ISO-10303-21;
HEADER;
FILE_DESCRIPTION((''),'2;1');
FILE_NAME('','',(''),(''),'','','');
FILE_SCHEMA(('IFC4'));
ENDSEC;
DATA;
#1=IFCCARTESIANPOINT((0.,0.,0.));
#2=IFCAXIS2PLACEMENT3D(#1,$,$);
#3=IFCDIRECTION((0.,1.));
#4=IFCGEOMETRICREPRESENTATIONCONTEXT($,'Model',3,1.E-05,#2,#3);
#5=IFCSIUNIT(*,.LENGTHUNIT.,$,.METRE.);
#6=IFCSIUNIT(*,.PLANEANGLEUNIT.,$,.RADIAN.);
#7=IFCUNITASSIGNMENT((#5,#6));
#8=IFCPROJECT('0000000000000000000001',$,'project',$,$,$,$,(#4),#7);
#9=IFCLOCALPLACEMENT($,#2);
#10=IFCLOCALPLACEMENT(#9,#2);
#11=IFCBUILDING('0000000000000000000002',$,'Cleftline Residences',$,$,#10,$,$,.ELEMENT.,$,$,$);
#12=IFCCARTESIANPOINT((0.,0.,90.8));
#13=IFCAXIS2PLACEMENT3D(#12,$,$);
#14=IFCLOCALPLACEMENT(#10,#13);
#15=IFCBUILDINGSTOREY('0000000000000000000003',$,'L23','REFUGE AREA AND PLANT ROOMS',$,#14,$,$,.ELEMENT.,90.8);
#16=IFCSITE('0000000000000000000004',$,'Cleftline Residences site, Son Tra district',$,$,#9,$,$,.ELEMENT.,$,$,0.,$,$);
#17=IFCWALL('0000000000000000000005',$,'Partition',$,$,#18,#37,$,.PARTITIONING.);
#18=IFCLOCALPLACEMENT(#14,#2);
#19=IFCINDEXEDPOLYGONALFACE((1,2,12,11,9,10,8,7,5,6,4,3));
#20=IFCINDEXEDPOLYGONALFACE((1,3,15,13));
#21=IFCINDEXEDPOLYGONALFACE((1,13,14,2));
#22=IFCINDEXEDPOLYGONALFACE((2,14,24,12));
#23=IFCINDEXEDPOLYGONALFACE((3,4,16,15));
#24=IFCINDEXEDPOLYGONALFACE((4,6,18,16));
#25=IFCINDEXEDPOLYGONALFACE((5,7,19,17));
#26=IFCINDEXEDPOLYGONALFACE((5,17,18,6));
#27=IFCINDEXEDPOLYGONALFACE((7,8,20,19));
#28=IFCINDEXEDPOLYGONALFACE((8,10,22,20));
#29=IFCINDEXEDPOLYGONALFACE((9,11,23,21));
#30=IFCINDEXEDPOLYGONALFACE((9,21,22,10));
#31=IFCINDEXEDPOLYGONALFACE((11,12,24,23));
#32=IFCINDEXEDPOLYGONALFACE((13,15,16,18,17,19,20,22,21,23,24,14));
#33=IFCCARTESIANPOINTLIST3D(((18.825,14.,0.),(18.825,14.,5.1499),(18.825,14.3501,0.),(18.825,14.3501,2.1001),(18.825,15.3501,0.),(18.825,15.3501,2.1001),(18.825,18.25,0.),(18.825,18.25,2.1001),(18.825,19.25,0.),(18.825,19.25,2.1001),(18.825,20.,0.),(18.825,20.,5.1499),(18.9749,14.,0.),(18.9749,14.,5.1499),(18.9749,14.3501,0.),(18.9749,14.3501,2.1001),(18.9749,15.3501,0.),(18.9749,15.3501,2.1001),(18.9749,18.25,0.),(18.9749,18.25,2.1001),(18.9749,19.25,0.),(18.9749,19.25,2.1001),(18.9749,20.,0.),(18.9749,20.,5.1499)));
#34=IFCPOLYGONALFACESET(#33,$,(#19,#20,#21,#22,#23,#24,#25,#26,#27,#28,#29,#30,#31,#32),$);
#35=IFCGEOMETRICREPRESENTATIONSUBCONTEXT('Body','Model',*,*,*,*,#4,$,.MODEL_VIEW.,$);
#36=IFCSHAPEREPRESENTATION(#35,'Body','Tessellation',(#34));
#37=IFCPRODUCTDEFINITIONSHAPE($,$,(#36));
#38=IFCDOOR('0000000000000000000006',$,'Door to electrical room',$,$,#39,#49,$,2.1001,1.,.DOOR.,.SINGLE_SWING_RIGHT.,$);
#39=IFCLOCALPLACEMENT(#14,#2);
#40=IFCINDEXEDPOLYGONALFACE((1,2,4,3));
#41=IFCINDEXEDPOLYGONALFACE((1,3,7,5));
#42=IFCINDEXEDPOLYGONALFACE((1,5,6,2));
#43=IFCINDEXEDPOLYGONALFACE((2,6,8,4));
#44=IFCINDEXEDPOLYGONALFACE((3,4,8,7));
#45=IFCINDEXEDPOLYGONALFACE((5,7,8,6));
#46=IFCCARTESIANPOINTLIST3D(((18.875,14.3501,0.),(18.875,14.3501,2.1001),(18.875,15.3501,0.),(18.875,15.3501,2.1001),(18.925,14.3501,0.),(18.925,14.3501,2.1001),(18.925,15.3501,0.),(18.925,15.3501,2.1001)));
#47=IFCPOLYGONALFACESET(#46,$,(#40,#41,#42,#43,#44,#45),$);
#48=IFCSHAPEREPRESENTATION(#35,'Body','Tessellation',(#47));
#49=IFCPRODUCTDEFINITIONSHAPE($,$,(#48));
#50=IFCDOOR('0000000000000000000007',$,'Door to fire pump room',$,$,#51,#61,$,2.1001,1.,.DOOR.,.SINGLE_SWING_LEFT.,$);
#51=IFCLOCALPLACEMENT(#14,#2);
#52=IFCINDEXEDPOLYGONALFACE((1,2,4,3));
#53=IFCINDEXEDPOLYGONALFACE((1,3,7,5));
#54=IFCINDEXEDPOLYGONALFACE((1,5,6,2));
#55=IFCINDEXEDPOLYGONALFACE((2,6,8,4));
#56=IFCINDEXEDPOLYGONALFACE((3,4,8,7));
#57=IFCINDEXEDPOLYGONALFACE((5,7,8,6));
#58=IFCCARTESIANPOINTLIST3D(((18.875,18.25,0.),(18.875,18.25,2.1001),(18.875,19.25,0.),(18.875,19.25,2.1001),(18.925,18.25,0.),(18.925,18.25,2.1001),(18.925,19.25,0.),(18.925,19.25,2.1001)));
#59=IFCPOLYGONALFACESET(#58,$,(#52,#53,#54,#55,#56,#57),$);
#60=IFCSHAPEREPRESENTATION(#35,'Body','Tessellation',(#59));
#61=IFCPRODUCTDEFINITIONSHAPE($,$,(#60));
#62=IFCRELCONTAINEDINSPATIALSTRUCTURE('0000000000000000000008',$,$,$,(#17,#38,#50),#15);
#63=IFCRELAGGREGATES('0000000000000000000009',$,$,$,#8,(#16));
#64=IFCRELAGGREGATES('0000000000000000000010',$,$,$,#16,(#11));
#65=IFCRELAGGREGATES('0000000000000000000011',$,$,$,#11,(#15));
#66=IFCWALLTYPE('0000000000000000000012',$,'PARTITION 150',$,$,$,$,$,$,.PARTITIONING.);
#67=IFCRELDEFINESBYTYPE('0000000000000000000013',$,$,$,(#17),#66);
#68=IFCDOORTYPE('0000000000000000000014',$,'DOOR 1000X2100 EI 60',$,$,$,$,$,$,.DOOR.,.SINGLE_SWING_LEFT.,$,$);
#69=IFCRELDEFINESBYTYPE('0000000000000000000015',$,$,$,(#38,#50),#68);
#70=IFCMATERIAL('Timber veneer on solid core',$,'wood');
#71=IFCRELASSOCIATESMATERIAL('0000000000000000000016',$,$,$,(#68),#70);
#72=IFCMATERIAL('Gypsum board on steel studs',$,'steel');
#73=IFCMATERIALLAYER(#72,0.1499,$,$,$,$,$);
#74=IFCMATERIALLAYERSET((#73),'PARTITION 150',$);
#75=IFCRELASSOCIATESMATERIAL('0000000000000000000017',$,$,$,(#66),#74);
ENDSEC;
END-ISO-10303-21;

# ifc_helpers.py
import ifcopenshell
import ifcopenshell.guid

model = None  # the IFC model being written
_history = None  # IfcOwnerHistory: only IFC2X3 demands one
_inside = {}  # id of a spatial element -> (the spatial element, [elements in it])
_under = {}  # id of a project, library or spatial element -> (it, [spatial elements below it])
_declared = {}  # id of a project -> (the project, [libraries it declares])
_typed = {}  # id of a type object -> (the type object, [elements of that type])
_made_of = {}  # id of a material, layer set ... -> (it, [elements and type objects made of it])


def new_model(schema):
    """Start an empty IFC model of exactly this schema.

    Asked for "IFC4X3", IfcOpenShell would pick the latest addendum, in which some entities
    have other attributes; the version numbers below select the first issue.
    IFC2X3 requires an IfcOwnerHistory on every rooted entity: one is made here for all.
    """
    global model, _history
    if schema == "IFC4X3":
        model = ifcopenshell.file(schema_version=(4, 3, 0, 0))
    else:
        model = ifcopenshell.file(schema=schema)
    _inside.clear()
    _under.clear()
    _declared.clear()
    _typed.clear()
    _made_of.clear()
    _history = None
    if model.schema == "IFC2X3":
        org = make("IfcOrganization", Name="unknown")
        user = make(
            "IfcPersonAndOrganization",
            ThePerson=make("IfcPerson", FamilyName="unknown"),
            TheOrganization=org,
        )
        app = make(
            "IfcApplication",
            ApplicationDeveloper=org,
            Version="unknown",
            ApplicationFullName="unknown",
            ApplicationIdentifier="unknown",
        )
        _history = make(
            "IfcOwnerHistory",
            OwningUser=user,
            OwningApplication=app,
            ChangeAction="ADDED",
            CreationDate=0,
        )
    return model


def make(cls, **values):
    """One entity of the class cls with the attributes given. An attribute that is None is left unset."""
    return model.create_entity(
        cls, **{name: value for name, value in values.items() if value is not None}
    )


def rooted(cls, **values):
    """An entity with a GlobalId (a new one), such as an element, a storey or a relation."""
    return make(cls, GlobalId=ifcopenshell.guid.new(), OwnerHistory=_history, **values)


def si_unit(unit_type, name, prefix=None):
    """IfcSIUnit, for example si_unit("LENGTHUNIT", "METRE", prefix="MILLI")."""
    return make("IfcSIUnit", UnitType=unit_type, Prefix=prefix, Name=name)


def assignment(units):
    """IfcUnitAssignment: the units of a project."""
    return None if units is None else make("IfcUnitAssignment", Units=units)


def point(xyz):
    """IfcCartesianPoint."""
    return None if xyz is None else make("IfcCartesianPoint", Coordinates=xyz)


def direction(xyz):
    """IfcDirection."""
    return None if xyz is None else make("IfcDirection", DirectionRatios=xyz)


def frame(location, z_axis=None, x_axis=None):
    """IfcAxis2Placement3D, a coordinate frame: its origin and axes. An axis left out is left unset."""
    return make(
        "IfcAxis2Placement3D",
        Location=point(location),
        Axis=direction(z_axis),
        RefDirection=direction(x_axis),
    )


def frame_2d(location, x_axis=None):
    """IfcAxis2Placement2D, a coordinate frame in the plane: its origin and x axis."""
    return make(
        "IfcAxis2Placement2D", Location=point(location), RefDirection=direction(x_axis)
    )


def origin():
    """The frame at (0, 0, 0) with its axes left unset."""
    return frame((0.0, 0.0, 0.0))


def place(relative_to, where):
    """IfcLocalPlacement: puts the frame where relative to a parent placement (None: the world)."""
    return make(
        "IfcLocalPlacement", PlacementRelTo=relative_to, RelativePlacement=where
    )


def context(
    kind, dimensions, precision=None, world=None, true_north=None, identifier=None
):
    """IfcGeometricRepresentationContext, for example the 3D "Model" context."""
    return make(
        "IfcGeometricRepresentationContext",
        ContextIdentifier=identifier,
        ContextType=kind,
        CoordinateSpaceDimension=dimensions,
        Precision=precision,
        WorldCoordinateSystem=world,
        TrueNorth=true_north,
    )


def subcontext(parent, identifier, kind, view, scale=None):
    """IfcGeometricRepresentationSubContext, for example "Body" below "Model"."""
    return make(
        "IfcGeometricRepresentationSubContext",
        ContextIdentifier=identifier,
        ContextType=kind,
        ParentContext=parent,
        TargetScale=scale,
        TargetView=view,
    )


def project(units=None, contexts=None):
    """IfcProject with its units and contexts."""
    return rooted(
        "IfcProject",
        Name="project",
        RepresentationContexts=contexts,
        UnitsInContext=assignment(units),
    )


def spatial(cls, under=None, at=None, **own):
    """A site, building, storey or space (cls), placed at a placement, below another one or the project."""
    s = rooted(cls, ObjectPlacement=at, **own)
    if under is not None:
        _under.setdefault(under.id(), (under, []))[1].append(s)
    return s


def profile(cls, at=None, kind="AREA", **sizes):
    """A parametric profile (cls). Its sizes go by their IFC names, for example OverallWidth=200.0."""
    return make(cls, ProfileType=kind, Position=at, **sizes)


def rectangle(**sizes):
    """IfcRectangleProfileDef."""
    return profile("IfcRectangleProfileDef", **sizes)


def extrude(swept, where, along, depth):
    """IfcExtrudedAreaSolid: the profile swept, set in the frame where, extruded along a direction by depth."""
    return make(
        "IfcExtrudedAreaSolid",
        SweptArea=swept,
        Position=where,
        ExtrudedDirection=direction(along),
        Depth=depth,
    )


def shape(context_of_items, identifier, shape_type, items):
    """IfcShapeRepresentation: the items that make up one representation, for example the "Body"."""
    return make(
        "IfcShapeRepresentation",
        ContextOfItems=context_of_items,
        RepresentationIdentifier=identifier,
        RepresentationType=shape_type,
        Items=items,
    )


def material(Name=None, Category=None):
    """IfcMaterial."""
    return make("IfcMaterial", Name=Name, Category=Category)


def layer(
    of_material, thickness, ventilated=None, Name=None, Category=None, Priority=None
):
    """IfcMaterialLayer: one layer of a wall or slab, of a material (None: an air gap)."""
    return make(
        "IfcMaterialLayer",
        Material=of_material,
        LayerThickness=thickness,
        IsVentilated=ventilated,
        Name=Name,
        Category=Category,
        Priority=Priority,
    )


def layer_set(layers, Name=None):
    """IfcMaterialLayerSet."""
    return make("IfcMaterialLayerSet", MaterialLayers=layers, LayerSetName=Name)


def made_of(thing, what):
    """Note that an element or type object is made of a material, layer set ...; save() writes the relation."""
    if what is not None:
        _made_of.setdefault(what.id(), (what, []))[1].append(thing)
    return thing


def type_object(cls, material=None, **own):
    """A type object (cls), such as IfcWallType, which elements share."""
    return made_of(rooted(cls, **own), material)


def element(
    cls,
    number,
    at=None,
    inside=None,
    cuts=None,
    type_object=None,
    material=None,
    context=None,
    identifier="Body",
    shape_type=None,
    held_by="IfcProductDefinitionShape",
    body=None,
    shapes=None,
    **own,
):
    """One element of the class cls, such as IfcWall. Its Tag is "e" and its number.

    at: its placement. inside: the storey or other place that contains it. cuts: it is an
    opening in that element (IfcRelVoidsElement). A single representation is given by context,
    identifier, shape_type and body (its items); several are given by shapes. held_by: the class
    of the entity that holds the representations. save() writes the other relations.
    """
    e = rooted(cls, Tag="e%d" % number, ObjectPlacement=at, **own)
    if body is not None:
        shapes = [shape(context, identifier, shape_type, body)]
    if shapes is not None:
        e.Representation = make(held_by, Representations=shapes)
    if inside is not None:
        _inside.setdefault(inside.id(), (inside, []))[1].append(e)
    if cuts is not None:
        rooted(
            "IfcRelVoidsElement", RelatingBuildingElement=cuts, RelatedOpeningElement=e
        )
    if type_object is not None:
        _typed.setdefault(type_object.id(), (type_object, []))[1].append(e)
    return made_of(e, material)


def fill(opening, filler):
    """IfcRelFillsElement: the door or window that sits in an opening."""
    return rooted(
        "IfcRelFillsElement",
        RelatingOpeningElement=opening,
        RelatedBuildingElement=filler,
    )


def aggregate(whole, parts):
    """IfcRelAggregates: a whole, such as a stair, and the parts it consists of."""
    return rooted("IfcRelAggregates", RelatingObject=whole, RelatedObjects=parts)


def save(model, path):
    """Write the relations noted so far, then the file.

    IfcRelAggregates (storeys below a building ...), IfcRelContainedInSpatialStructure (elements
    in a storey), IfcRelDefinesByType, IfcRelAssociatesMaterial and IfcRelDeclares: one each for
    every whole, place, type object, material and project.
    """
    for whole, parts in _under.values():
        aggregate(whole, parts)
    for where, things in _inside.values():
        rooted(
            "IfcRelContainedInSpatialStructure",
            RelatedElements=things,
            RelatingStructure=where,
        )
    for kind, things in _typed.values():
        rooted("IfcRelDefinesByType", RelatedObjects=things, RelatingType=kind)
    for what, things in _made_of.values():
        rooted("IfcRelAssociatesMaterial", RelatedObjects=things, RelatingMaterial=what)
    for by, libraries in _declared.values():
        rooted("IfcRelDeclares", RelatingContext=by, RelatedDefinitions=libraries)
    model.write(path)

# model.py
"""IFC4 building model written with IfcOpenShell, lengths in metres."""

from ifc_helpers import new_model, si_unit, direction, frame, frame_2d, origin, place, context, subcontext, project, spatial, rectangle, extrude, material, layer, layer_set, type_object, element, fill, save


model = new_model("IFC4")

# Units and contexts
model_context = context("Model", 3, precision=1e-05, world=origin(), true_north=direction((0.0, 1.0)))
body_context = subcontext(model_context, "Body", "Model", "MODEL_VIEW")
ifc_project = project(units=[si_unit("LENGTHUNIT", "METRE"), si_unit("PLANEANGLEUNIT", "RADIAN")], contexts=[model_context])

# Site, building, storey
site_placement = place(None, origin())
site = spatial("IfcSite", under=ifc_project, at=site_placement, Name="Cleftline Residences site, Son Tra district", CompositionType="ELEMENT", RefElevation=0.0)
building_placement = place(site_placement, origin())
building = spatial("IfcBuilding", under=site, at=building_placement, Name="Cleftline Residences", CompositionType="ELEMENT")
storey_placement = place(building_placement, frame((0.0, 0.0, 90.8)))
storey = spatial("IfcBuildingStorey", under=building, at=storey_placement, Name="L23", Description="REFUGE AREA AND PLANT ROOMS", CompositionType="ELEMENT", Elevation=90.8)

# Shared definitions
ifc_material_1 = material(Name="Timber veneer on solid core", Category="wood")
door_type_1 = type_object("IfcDoorType", Name="DOOR 1000X2100 EI 60", OperationType="SINGLE_SWING_LEFT", PredefinedType="DOOR", material=ifc_material_1)

# Shared definitions
ifc_material_2 = material(Name="Gypsum board on steel studs", Category="steel")
ifc_layer_1 = layer(ifc_material_2, 0.1499)
ifc_layer_set_1 = layer_set([ifc_layer_1], Name="PARTITION 150")
wall_type_1 = type_object("IfcWallType", Name="PARTITION 150", PredefinedType="PARTITIONING", material=ifc_layer_set_1)

# Wall, openings, doors
wall_1_placement = place(storey_placement, frame((18.8999, 14.0, 0.0), z_axis=(0.0, 0.0, 1.0), x_axis=(0.0, 1.0, 0.0)))
wall_1 = element("IfcWall", 1, at=wall_1_placement, inside=storey, type_object=wall_type_1, Name="Partition", PredefinedType="PARTITIONING", context=body_context, shape_type="SweptSolid", body=[
    extrude(rectangle(XDim=6.0, YDim=0.1499, at=frame_2d((3.0, 0.0))), origin(), (0.0, 0.0, 1.0), 5.1499),
])
opening_1_placement = place(wall_1_placement, frame((0.3501, 0.0, 0.0)))
opening_1 = element("IfcOpeningElement", 2, at=opening_1_placement, cuts=wall_1, PredefinedType="OPENING", context=body_context, shape_type="SweptSolid", body=[
    extrude(rectangle(XDim=1.0, YDim=2.1001, at=frame_2d((0.5, 1.05))), frame((0.0, 0.085, 0.0), z_axis=(0.0, -1.0, 0.0), x_axis=(1.0, 0.0, 0.0)), (0.0, 0.0, 1.0), 0.1699),
])
opening_2_placement = place(wall_1_placement, frame((4.25, 0.0, 0.0)))
opening_2 = element("IfcOpeningElement", 3, at=opening_2_placement, cuts=wall_1, PredefinedType="OPENING", context=body_context, shape_type="SweptSolid", body=[
    extrude(rectangle(XDim=1.0, YDim=2.1001, at=frame_2d((0.5, 1.05))), frame((0.0, 0.085, 0.0), z_axis=(0.0, -1.0, 0.0), x_axis=(1.0, 0.0, 0.0)), (0.0, 0.0, 1.0), 0.1699),
])
door_1_placement = place(opening_1_placement, origin())
door_1 = element("IfcDoor", 4, at=door_1_placement, inside=storey, type_object=door_type_1, Name="Door to electrical room", OperationType="SINGLE_SWING_RIGHT", OverallHeight=2.1001, OverallWidth=1.0, PredefinedType="DOOR", context=body_context, shape_type="SweptSolid", body=[
    extrude(rectangle(XDim=1.0, YDim=2.1001, at=frame_2d((0.5, 1.05))), frame((0.0, 0.0249, 0.0), z_axis=(0.0, -1.0, 0.0), x_axis=(1.0, 0.0, 0.0)), (0.0, 0.0, 1.0), 0.05),
])
fill(opening_1, door_1)
door_2_placement = place(opening_2_placement, origin())
door_2 = element("IfcDoor", 5, at=door_2_placement, inside=storey, type_object=door_type_1, Name="Door to fire pump room", OperationType="SINGLE_SWING_LEFT", OverallHeight=2.1001, OverallWidth=1.0, PredefinedType="DOOR", context=body_context, shape_type="SweptSolid", body=[
    extrude(rectangle(XDim=1.0, YDim=2.1001, at=frame_2d((0.5, 1.05))), frame((0.0, 0.0249, 0.0), z_axis=(0.0, -1.0, 0.0), x_axis=(1.0, 0.0, 0.0)), (0.0, 0.0, 1.0), 0.05),
])
fill(opening_2, door_2)

save(model, "model.ifc")
